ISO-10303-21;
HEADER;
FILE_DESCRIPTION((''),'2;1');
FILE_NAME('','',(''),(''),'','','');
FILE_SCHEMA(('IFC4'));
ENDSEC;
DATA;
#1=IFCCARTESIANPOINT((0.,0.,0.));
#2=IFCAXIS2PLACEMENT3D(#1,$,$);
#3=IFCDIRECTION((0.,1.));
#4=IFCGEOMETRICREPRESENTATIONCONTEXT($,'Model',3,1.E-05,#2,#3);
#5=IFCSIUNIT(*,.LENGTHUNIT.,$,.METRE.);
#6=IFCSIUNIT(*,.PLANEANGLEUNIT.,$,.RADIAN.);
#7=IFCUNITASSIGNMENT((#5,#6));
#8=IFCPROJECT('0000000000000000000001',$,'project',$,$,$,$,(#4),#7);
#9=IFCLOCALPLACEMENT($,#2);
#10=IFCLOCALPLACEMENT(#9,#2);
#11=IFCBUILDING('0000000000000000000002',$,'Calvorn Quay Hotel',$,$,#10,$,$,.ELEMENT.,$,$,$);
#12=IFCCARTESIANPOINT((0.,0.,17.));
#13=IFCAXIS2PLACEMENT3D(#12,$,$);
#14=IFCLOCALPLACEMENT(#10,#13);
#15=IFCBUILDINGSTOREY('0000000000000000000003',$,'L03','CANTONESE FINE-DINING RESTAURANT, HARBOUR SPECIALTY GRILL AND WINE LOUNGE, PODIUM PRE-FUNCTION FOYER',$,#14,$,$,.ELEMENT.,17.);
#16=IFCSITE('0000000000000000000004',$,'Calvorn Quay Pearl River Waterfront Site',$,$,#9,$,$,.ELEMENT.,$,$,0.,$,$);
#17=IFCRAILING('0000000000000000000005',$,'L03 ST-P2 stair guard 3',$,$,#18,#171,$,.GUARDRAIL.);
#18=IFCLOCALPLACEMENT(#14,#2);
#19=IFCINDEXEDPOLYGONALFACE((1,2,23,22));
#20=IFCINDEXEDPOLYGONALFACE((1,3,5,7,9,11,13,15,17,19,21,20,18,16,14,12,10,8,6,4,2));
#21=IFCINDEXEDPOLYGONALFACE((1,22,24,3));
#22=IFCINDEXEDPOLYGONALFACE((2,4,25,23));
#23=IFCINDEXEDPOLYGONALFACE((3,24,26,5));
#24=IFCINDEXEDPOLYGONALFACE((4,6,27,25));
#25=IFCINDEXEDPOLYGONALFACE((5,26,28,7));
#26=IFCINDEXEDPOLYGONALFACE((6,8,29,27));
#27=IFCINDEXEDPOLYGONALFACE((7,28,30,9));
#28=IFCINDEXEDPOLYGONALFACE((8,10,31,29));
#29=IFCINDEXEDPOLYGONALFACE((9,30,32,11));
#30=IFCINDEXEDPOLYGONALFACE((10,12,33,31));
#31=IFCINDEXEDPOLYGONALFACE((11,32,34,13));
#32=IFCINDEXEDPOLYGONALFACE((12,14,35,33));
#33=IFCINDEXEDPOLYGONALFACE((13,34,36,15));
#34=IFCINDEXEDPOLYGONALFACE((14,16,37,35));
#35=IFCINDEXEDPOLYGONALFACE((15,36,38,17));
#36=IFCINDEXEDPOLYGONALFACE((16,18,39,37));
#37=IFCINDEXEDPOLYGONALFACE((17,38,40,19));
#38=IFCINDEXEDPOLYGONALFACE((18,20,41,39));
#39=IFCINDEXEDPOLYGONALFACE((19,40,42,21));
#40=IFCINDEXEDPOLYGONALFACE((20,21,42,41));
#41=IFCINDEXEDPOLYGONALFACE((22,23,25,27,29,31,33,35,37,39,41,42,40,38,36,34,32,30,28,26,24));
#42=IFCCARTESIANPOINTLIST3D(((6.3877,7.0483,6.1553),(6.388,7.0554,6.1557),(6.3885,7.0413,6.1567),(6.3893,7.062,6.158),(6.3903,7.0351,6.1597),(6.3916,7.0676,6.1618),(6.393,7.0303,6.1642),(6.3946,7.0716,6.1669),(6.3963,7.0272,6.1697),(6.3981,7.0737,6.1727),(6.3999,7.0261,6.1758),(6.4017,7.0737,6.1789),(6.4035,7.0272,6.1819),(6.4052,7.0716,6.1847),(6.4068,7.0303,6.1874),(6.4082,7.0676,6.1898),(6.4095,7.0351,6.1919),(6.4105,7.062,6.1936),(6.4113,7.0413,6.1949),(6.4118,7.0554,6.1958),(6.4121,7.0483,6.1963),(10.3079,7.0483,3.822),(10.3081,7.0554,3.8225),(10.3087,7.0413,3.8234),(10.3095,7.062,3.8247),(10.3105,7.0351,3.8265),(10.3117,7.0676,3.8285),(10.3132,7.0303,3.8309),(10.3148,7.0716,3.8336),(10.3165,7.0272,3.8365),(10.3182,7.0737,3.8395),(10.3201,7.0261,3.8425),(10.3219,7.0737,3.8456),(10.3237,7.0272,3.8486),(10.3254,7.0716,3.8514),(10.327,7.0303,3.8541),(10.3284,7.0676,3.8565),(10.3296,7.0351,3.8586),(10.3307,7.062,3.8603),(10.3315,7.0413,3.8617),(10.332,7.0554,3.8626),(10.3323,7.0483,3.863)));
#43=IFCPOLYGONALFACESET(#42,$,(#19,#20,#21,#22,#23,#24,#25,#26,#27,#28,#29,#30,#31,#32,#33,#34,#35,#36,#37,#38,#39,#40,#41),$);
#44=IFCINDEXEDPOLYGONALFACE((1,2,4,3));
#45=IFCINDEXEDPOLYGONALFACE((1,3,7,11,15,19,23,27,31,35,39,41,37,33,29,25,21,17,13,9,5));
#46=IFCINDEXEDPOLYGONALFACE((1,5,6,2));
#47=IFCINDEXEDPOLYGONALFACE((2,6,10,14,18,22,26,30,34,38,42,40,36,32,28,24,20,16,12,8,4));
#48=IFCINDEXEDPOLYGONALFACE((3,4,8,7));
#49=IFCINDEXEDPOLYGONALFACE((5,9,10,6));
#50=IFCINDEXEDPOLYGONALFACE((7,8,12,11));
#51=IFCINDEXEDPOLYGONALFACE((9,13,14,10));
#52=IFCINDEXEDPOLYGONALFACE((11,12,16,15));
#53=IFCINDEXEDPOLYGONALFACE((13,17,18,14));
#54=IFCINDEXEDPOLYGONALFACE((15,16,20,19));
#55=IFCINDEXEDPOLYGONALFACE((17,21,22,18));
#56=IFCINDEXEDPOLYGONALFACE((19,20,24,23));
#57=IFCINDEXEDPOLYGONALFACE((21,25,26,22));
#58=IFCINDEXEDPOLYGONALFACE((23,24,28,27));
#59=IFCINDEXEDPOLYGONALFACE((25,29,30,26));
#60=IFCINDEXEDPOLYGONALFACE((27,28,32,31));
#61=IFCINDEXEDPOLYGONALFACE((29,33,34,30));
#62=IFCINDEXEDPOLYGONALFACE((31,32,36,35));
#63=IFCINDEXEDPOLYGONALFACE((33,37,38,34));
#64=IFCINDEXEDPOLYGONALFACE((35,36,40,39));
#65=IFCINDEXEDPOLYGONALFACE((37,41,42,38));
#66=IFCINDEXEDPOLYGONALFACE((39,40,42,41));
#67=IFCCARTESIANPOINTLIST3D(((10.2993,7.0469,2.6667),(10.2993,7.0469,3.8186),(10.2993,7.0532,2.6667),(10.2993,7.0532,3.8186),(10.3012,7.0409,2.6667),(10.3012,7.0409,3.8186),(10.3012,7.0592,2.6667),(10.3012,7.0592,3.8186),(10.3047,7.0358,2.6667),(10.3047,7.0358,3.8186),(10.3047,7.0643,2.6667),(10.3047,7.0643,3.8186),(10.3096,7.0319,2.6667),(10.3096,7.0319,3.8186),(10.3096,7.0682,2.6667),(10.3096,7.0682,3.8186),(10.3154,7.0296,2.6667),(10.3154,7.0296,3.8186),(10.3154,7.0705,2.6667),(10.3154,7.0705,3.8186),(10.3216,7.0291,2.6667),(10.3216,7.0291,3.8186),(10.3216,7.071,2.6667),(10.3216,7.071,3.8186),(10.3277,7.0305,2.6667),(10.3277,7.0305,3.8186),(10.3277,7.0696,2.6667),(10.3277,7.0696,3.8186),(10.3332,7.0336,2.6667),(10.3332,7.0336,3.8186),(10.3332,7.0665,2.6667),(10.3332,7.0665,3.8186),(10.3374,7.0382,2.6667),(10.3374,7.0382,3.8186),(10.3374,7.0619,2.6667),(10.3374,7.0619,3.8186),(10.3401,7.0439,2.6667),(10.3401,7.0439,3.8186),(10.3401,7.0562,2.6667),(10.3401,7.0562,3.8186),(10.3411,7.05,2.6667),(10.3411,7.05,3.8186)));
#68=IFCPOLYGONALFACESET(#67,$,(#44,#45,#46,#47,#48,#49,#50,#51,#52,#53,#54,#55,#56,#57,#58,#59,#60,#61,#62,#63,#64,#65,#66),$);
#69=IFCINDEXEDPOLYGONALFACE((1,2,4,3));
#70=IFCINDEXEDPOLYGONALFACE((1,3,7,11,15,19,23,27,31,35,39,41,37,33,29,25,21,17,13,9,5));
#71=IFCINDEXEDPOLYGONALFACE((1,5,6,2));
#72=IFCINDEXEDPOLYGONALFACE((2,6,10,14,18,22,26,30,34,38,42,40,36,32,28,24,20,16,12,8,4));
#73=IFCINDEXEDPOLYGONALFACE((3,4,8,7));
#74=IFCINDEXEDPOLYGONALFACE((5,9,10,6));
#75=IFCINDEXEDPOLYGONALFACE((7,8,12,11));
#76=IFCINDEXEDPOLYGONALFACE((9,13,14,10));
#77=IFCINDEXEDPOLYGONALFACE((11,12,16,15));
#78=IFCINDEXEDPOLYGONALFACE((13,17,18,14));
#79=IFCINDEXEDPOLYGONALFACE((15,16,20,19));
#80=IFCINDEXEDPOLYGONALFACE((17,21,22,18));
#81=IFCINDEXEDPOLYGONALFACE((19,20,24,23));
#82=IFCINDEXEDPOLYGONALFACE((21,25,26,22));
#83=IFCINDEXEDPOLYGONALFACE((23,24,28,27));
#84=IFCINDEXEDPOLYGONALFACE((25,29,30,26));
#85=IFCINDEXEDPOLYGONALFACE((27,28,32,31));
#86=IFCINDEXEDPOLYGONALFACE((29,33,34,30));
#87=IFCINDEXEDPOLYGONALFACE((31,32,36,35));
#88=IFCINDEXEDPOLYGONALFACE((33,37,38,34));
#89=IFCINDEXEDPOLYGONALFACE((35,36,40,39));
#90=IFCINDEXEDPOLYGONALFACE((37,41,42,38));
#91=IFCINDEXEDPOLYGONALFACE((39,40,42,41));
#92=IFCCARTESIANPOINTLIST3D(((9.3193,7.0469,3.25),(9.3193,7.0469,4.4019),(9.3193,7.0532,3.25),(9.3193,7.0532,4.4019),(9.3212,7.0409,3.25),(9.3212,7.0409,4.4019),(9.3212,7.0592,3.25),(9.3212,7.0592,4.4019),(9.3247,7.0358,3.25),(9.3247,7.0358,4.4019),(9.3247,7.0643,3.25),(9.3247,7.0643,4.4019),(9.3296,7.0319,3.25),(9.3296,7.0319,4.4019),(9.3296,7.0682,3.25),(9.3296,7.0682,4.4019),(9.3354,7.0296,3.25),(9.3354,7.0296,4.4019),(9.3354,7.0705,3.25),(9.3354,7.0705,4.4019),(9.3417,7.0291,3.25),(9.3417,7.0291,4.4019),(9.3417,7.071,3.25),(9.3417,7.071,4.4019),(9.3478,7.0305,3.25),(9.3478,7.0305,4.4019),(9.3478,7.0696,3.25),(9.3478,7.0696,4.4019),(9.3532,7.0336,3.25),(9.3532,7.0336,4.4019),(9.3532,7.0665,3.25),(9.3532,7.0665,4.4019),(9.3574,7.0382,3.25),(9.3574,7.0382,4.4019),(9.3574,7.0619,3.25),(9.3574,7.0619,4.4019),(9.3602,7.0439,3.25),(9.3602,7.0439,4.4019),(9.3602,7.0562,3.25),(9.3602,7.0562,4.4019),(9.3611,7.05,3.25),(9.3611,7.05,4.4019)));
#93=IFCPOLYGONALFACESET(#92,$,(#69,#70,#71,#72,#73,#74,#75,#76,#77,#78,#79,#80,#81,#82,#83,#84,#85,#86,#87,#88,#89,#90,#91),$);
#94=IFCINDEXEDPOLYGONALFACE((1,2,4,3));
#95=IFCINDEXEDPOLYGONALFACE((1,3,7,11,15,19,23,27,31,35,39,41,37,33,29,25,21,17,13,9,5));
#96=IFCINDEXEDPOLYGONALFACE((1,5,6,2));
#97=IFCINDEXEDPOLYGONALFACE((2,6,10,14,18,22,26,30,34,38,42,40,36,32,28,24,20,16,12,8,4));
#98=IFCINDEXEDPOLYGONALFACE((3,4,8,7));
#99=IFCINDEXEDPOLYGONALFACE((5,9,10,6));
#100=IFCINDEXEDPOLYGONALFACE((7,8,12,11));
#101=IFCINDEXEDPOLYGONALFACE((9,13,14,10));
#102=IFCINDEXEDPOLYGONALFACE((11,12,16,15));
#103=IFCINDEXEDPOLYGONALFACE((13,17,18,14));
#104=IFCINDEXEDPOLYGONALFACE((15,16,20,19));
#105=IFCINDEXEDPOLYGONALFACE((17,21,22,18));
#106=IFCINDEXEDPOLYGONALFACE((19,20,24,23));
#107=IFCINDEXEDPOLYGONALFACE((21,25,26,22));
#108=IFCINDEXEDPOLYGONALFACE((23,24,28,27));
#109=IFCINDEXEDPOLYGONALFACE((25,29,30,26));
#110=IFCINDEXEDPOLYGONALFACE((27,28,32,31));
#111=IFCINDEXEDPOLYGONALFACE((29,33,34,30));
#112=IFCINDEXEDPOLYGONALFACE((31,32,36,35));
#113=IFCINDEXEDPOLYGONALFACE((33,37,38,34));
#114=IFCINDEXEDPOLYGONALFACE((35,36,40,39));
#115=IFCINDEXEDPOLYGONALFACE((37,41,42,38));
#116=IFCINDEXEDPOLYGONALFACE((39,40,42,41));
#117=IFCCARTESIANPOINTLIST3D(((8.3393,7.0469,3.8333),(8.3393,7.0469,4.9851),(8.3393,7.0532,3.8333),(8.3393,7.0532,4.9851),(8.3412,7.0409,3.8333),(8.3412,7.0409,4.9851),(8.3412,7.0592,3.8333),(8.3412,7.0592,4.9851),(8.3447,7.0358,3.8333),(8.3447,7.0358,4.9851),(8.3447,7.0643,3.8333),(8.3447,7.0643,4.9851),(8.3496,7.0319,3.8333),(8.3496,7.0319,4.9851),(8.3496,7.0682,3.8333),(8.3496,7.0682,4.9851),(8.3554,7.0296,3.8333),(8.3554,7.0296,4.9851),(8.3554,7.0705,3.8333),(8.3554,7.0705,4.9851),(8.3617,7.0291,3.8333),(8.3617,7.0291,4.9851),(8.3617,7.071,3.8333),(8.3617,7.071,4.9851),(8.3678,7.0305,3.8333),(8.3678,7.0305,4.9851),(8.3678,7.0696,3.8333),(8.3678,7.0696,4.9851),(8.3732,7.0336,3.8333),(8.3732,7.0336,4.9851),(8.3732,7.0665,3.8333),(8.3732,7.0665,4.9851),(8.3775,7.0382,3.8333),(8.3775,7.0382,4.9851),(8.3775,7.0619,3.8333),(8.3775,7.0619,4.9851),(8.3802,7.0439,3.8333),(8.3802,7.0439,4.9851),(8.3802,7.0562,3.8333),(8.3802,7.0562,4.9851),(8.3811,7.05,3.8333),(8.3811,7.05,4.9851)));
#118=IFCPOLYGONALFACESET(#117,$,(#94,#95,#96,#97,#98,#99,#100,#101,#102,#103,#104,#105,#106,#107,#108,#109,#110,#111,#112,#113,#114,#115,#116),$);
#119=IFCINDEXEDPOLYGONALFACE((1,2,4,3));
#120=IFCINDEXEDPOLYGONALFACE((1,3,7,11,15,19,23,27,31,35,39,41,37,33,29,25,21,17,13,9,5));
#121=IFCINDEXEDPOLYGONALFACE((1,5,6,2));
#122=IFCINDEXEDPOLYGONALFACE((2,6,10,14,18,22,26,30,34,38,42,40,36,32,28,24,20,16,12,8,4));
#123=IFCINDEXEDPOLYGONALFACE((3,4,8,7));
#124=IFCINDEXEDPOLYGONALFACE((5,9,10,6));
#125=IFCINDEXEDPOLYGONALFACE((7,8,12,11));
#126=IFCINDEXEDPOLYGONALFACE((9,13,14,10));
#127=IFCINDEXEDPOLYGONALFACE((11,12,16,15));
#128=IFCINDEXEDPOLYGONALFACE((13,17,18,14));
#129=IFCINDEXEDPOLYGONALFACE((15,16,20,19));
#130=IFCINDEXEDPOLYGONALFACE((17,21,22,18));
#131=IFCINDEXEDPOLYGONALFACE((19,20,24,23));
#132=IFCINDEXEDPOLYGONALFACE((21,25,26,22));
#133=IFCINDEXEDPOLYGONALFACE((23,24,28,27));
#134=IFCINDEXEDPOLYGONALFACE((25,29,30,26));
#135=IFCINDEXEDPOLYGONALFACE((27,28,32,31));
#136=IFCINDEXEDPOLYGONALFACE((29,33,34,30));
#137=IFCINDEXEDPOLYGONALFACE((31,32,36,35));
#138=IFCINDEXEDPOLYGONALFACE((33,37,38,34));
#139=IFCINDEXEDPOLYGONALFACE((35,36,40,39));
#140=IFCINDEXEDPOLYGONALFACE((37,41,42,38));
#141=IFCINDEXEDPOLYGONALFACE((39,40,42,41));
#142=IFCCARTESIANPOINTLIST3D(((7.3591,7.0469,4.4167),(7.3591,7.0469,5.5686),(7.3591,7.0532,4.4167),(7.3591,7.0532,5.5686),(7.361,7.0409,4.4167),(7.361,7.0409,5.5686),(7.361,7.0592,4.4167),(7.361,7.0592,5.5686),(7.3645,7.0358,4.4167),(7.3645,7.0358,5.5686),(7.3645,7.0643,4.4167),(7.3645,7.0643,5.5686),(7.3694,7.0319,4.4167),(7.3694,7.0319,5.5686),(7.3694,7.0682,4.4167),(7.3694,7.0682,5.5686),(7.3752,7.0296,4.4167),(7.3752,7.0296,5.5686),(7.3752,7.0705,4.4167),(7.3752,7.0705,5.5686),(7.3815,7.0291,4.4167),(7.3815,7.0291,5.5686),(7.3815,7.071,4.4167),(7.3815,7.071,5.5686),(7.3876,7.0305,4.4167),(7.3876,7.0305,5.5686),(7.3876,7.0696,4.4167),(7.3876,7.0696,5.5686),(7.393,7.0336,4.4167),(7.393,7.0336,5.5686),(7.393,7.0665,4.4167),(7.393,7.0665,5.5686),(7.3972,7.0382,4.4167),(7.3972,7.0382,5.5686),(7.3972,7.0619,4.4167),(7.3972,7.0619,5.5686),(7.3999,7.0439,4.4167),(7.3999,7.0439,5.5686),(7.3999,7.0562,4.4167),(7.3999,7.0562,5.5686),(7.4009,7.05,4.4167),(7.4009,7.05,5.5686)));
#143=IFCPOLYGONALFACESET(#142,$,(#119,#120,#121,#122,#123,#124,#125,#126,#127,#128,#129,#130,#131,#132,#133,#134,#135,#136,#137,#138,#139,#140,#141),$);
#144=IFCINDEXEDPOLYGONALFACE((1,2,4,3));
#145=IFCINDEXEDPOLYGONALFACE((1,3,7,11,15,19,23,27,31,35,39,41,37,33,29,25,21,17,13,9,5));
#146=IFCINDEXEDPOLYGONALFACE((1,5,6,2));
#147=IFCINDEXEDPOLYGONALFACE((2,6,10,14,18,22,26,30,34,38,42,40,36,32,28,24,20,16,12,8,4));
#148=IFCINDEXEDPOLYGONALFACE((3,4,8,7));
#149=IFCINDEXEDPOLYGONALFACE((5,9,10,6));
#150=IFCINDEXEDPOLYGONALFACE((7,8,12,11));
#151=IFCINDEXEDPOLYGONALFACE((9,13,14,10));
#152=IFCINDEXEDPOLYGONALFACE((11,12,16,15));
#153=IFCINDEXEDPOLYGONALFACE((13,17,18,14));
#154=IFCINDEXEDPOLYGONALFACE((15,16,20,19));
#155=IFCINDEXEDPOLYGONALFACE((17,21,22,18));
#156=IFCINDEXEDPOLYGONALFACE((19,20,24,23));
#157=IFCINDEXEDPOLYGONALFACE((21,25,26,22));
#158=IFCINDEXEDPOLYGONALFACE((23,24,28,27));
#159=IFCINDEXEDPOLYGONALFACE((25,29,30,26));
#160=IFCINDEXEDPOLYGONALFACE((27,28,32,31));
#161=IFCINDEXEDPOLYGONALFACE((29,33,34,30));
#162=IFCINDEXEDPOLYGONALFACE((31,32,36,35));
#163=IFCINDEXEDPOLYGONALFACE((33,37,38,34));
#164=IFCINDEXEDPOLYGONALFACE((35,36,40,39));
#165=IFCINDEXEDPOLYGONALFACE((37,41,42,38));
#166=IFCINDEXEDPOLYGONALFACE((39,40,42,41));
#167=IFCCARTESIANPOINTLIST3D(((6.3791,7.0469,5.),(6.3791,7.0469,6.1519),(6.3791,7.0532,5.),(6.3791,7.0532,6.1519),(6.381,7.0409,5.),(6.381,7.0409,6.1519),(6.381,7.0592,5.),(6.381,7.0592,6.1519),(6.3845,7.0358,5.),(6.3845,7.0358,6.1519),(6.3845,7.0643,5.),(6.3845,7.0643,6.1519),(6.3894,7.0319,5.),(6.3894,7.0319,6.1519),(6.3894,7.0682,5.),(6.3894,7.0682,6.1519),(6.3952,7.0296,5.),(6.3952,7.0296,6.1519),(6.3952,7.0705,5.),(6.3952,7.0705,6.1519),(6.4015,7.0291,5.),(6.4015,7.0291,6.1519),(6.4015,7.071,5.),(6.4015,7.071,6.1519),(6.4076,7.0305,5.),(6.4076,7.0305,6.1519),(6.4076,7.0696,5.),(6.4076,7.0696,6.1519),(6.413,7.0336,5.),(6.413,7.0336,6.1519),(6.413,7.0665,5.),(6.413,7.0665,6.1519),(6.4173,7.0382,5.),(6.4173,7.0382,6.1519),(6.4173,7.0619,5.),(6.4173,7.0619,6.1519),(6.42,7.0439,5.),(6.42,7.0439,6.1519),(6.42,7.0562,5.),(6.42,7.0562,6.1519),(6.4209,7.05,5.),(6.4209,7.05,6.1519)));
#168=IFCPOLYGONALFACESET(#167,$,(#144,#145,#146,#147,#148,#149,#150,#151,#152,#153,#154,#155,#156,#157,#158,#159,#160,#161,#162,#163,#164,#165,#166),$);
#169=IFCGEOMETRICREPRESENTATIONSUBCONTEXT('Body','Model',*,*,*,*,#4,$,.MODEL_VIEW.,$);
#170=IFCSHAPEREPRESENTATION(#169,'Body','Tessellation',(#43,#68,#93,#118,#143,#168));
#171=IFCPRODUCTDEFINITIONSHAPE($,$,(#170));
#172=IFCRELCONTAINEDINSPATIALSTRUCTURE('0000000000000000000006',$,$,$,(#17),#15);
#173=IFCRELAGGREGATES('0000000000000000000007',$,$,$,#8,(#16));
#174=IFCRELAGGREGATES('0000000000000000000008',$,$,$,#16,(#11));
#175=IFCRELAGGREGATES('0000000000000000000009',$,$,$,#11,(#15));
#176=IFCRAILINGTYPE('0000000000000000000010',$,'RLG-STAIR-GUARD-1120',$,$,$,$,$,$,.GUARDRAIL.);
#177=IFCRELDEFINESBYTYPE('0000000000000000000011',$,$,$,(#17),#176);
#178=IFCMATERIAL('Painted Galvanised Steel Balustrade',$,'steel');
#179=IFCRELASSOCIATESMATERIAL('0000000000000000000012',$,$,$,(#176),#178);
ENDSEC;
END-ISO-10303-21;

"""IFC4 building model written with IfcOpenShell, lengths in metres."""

from ifc_helpers import new_model, si_unit, direction, frame, origin, origin_2d, place, context, subcontext, project, spatial, circle, extrude, material, type_object, element, save


model = new_model("IFC4")

# Units and contexts
model_context = context("Model", 3, precision=1e-05, world=origin(), true_north=direction((0.0, 1.0)))
body_context = subcontext(model_context, "Body", "Model", "MODEL_VIEW")
ifc_project = project(units=[si_unit("LENGTHUNIT", "METRE"), si_unit("PLANEANGLEUNIT", "RADIAN")], contexts=[model_context])

# Site, building, storey
site_placement = place(None, origin())
site = spatial("IfcSite", under=ifc_project, at=site_placement, Name="Calvorn Quay Pearl River Waterfront Site", CompositionType="ELEMENT", RefElevation=0.0)
building_placement = place(site_placement, origin())
building = spatial("IfcBuilding", under=site, at=building_placement, Name="Calvorn Quay Hotel", CompositionType="ELEMENT")
storey_placement = place(building_placement, frame((0.0, 0.0, 17.0)))
storey = spatial("IfcBuildingStorey", under=building, at=storey_placement, Name="L03", Description="CANTONESE FINE-DINING RESTAURANT, HARBOUR SPECIALTY GRILL AND WINE LOUNGE, PODIUM PRE-FUNCTION FOYER", CompositionType="ELEMENT", Elevation=17.0)

# Railing
ifc_material_1 = material(Name="Painted Galvanised Steel Balustrade", Category="steel")
railing_type_1 = type_object("IfcRailingType", Name="RLG-STAIR-GUARD-1120", PredefinedType="GUARDRAIL", material=ifc_material_1)
railing_1_placement = place(storey_placement, frame((10.3201, 7.05, 2.6667)))
element("IfcRailing", 1, at=railing_1_placement, inside=storey, type_object=railing_type_1, Name="L03 ST-P2 stair guard 3", PredefinedType="GUARDRAIL", context=body_context, shape_type="SweptSolid", body=[
    extrude(circle(Radius=0.0239, at=origin_2d()), frame((0.0, 0.0, 1.1758), z_axis=(-0.85931, 0.0, 0.511455), x_axis=(0.0, -1.0, 0.0)), (0.0, 0.0, 1.0), 4.562),
    extrude(circle(Radius=0.021, at=origin_2d()), origin(), (0.0, 0.0, 1.0), 1.1519),
    extrude(circle(Radius=0.021, at=origin_2d()), frame((-0.98, 0.0, 0.5833)), (0.0, 0.0, 1.0), 1.1519),
    extrude(circle(Radius=0.021, at=origin_2d()), frame((-1.96, 0.0, 1.1665)), (0.0, 0.0, 1.0), 1.1519),
    extrude(circle(Radius=0.021, at=origin_2d()), frame((-2.9402, 0.0, 1.75)), (0.0, 0.0, 1.0), 1.1519),
    extrude(circle(Radius=0.021, at=origin_2d()), frame((-3.9202, 0.0, 2.3333)), (0.0, 0.0, 1.0), 1.1519),
])

save(model, "model.ifc")
